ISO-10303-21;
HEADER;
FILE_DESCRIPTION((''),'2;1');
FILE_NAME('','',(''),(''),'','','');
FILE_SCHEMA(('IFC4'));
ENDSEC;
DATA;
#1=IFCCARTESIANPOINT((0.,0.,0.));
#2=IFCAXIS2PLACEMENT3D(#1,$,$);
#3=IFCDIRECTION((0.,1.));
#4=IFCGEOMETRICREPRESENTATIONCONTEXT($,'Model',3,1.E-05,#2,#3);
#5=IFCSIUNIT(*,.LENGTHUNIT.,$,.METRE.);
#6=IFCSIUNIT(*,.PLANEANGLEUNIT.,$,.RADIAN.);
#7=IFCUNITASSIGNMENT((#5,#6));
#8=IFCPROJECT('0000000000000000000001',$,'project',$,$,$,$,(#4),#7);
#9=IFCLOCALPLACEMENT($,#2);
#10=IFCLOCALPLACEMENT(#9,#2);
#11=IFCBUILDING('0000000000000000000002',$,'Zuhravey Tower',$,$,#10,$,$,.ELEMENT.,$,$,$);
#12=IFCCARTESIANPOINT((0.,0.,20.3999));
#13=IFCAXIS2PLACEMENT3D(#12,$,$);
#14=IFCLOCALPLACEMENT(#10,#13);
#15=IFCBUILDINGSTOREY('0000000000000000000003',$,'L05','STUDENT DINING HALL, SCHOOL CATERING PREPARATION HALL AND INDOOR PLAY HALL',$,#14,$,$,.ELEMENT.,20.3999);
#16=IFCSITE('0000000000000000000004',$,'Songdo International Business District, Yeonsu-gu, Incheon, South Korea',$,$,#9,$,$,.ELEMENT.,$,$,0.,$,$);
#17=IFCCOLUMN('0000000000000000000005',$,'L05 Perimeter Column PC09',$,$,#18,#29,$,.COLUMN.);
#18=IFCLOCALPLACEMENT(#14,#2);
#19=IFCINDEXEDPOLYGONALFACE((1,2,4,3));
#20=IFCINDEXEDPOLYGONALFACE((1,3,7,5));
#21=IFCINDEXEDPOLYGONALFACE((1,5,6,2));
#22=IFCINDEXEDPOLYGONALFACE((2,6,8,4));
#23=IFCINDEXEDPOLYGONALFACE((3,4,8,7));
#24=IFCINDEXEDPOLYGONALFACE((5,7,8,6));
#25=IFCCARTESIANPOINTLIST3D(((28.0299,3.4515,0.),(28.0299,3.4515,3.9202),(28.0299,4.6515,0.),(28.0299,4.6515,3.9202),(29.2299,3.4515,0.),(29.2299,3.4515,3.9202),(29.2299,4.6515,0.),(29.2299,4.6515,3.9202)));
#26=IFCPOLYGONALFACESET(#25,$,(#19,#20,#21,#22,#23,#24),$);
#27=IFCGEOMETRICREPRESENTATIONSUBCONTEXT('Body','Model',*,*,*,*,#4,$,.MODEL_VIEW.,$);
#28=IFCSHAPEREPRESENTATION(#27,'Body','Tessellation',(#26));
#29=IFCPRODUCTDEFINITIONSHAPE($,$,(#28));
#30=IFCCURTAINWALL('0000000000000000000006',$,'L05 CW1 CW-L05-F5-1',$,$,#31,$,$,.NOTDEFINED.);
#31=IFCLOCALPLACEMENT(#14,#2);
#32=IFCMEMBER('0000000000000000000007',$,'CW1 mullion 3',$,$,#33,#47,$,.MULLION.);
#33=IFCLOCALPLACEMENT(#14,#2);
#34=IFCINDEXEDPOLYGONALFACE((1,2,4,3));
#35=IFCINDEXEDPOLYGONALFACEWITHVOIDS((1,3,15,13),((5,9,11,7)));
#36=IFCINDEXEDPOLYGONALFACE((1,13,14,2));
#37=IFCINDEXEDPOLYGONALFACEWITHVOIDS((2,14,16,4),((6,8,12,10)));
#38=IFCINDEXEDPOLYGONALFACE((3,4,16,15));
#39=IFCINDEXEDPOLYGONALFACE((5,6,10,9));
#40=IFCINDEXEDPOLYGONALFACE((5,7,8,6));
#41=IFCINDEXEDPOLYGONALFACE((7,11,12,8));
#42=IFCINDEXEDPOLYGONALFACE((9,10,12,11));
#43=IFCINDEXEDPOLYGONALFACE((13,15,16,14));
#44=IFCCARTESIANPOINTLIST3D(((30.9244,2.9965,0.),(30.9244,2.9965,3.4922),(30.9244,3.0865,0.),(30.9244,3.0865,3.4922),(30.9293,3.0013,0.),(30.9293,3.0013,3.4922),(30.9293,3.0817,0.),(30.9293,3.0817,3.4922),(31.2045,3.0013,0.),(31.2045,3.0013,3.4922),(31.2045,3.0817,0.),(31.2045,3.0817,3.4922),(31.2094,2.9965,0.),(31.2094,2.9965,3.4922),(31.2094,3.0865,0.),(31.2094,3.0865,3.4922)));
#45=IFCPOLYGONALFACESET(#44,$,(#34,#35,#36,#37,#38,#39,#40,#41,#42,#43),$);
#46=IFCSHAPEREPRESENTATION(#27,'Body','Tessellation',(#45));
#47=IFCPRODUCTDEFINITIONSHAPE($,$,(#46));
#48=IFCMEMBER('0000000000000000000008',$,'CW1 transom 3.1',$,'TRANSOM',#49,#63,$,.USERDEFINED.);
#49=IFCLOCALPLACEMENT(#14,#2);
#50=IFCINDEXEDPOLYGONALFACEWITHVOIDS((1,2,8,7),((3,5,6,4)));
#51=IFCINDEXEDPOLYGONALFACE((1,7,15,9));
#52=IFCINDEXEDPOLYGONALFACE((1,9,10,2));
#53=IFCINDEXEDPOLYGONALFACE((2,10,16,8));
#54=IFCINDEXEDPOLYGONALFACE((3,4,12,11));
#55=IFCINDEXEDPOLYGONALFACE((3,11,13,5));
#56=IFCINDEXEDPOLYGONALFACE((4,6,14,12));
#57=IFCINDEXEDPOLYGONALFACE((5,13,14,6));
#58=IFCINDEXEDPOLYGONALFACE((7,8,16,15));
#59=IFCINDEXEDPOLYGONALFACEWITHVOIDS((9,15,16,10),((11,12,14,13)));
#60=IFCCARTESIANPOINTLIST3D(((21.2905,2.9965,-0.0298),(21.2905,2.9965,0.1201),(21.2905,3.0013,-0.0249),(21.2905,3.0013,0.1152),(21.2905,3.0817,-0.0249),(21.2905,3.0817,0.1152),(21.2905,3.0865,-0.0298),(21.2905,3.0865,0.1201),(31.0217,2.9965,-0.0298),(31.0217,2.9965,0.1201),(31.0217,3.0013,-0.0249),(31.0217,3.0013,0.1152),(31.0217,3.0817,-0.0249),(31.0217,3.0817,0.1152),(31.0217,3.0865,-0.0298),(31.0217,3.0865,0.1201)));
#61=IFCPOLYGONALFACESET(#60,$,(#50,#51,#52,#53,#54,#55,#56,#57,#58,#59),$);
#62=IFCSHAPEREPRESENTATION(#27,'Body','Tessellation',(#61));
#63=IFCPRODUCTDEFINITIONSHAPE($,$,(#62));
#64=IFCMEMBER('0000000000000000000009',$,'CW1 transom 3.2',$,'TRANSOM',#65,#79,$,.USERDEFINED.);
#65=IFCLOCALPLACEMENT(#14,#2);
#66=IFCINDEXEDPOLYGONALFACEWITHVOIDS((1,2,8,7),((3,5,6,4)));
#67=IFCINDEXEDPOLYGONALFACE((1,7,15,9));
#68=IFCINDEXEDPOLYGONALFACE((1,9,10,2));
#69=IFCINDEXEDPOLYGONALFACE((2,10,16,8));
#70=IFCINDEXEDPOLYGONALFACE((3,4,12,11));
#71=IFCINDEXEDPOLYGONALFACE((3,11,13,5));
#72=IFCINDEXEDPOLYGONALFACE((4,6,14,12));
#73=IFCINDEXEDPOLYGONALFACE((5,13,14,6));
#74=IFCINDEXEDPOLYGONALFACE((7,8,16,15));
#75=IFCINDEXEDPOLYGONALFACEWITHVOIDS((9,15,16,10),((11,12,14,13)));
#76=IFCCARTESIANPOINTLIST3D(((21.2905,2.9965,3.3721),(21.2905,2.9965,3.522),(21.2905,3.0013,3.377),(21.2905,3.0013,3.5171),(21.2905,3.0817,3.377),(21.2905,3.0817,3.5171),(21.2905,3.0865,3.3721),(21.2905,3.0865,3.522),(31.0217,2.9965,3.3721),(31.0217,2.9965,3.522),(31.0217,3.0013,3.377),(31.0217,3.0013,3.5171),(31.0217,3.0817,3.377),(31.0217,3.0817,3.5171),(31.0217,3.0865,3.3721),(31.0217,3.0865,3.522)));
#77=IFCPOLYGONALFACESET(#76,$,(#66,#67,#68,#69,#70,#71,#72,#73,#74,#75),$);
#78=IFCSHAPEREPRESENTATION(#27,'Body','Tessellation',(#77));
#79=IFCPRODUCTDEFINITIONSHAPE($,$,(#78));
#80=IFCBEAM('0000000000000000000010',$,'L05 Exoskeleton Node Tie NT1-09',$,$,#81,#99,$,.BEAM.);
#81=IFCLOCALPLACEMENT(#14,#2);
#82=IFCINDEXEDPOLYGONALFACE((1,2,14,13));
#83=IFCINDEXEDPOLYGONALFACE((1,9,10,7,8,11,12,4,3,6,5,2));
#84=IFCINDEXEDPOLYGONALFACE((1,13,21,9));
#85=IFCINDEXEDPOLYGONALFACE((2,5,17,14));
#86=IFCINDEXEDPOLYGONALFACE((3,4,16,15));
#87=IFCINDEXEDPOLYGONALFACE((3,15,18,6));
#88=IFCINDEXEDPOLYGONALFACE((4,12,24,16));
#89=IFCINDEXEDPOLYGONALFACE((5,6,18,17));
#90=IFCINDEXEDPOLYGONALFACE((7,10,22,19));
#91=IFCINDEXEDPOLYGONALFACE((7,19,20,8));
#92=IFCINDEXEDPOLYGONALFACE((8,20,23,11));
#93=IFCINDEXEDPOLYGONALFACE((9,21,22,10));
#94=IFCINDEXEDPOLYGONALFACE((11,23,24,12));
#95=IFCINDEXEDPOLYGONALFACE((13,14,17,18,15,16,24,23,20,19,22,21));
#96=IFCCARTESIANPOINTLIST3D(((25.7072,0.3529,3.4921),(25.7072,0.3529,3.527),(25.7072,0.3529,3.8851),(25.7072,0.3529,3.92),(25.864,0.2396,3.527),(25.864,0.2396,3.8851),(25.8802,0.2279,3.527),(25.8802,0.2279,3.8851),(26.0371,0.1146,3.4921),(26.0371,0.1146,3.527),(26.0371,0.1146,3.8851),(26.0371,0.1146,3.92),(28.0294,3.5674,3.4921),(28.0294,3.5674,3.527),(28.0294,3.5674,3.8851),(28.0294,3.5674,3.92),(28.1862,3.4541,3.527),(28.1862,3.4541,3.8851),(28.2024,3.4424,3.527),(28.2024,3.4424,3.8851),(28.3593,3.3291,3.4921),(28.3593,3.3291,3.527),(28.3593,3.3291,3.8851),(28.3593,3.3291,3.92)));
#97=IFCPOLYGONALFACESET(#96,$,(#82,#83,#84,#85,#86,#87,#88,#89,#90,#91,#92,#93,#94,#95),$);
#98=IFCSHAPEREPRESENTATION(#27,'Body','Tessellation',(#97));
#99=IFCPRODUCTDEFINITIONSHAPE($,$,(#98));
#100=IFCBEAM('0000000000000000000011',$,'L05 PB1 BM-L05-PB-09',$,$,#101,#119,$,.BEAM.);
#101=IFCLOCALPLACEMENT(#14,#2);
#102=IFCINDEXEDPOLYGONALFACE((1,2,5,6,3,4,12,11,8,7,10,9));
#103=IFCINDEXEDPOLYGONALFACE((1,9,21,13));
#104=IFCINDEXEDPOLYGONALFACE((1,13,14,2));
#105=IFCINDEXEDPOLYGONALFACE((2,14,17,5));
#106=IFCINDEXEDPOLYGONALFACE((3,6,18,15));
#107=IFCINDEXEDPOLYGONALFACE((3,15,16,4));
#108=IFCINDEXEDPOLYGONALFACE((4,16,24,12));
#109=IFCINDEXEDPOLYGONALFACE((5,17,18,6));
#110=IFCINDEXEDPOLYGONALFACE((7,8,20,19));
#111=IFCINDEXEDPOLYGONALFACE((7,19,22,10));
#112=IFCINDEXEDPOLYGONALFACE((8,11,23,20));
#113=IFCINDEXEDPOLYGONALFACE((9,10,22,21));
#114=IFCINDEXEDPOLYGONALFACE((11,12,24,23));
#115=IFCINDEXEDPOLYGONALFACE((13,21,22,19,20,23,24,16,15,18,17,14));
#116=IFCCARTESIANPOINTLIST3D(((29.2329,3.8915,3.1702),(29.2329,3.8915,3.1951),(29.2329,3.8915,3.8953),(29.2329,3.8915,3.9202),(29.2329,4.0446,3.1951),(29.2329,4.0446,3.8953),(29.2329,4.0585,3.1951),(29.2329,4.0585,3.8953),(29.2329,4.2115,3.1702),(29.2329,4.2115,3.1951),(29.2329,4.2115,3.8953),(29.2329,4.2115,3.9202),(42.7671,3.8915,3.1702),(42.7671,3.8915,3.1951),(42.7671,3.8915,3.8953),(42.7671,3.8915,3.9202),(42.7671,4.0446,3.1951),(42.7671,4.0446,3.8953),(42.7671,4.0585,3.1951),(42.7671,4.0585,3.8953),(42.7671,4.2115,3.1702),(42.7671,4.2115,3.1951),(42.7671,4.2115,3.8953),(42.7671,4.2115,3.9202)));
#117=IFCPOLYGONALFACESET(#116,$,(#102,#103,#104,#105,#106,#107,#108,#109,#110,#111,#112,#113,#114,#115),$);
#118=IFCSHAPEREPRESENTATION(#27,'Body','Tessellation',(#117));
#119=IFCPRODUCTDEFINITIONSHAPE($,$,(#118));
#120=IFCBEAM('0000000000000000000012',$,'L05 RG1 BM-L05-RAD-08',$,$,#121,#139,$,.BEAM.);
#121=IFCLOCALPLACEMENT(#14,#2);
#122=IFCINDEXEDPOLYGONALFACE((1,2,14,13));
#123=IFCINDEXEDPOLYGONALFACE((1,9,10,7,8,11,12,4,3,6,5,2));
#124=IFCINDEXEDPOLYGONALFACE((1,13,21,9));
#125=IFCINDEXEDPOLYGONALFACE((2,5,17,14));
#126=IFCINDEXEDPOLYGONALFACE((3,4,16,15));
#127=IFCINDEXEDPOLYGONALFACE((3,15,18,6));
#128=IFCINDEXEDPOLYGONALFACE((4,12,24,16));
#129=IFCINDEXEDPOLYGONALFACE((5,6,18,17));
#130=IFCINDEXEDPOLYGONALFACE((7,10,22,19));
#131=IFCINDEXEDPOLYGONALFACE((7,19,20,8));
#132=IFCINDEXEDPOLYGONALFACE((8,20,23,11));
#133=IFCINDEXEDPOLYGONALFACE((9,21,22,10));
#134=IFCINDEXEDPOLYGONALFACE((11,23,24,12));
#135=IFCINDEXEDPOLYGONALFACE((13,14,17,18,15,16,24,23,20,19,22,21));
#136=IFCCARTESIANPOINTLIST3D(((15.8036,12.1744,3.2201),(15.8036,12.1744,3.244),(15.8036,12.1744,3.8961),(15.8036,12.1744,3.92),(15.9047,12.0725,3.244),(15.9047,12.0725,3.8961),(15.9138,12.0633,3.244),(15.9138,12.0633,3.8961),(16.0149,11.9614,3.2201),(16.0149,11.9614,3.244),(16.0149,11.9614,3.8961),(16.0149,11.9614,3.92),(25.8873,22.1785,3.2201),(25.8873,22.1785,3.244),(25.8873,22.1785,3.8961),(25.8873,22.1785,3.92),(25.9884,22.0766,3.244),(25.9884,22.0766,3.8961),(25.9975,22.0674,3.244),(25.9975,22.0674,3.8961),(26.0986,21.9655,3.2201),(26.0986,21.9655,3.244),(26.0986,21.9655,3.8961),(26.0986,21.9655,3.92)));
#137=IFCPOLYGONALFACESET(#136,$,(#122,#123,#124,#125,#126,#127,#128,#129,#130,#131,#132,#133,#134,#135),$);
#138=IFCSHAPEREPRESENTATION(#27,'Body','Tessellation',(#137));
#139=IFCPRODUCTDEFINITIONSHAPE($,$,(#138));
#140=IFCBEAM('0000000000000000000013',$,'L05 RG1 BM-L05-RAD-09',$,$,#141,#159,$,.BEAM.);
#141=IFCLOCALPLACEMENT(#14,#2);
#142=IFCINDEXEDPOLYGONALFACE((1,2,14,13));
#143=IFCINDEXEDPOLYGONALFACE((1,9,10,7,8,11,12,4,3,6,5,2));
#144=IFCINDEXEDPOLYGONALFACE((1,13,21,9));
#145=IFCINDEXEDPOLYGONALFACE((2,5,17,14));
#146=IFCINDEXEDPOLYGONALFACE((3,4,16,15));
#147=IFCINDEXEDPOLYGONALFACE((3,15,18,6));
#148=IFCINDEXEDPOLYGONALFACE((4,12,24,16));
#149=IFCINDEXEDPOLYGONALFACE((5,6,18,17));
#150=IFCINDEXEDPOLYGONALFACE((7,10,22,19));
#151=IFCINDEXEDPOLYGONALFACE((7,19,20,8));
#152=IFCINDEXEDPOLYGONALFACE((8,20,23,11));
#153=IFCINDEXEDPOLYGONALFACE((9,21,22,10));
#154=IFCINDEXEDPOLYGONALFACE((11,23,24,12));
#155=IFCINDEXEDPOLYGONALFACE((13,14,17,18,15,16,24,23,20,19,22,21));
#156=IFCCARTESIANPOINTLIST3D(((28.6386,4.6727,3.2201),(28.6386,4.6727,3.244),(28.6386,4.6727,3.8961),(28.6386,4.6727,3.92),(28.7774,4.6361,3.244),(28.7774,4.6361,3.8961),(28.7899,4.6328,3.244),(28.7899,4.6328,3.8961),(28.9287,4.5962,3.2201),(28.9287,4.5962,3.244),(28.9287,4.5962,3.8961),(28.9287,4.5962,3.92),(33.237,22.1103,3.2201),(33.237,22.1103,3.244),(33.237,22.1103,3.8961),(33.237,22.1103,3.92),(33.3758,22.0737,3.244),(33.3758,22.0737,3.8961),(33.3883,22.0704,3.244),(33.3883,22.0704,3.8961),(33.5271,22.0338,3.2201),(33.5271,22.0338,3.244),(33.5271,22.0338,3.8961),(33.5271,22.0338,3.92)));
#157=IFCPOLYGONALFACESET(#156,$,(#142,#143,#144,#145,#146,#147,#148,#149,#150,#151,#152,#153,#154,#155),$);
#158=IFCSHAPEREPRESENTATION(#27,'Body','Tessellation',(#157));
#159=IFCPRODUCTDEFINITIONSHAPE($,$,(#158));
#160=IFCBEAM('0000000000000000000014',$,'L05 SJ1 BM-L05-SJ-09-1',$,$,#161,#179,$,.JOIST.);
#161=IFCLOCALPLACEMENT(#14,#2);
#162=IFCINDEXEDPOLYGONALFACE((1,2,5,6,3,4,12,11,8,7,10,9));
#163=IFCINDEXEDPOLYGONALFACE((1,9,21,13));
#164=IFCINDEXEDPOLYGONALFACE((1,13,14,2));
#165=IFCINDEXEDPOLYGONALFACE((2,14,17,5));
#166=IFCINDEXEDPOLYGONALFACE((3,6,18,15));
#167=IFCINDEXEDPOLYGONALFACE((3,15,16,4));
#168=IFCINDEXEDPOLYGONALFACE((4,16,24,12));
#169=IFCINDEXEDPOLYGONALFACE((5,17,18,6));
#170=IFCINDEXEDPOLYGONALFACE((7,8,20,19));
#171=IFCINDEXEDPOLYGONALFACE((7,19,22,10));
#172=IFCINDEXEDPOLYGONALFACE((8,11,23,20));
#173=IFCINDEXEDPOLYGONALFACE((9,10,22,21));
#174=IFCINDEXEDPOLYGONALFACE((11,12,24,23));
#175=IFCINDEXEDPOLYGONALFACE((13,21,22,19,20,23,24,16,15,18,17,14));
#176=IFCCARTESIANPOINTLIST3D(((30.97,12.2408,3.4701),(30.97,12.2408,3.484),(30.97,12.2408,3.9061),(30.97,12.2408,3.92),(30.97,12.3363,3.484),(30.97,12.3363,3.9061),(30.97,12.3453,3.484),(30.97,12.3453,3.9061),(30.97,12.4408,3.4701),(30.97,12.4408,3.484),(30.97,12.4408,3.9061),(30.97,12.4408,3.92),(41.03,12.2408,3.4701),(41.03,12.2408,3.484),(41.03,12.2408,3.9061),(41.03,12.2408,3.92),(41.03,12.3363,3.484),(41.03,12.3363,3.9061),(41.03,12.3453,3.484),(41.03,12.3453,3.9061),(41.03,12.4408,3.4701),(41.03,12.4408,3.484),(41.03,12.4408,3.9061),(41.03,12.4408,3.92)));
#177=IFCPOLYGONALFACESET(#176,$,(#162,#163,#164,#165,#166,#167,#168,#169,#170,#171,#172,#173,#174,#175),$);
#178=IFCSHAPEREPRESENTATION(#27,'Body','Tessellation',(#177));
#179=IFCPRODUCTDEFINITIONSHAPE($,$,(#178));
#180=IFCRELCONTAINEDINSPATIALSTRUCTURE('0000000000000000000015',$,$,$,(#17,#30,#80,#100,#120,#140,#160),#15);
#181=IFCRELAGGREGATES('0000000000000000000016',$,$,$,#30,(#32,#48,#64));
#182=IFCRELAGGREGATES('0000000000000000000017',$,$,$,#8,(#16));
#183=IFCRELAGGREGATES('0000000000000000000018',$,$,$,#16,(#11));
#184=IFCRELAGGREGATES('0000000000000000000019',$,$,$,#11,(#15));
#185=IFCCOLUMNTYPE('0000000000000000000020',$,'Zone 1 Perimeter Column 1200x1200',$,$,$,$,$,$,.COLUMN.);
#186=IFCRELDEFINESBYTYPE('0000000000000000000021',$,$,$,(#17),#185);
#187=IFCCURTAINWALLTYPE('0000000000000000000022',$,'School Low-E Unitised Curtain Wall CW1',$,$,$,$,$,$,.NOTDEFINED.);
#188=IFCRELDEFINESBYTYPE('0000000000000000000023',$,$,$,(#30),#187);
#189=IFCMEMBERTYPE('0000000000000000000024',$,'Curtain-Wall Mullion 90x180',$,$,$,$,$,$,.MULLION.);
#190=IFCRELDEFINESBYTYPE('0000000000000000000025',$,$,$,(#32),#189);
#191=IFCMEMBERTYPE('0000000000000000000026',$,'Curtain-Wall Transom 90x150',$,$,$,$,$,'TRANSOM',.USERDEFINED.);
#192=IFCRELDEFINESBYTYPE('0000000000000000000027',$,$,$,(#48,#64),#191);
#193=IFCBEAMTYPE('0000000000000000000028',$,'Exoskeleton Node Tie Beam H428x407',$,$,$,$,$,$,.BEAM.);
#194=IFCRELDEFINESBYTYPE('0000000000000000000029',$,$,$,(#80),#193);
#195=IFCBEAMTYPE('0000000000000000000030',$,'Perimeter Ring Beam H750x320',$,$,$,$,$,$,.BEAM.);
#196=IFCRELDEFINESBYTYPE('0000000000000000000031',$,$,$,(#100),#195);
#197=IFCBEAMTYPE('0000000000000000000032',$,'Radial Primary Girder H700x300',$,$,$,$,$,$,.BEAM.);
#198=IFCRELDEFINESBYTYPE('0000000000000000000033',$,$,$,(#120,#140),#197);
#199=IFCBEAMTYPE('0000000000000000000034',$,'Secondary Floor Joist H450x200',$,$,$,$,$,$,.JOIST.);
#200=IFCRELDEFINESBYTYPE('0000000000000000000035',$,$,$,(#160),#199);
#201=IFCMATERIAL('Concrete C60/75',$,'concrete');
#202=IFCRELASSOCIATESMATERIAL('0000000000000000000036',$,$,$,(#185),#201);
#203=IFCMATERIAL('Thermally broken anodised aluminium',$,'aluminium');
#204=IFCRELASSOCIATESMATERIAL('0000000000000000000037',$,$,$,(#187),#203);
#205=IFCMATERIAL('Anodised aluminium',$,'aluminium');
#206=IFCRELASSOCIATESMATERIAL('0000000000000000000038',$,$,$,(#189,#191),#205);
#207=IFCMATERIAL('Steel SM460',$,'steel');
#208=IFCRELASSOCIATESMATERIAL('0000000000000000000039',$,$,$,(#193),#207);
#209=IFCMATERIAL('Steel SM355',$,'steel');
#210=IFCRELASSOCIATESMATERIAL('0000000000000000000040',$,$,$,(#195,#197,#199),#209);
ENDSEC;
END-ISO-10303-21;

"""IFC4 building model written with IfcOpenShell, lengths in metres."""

from ifc_helpers import new_model, si_unit, direction, frame, origin, origin_2d, place, context, subcontext, project, spatial, rectangle, hollow_rectangle, i_section, extrude, material, material_profile, profile_set, type_object, element, aggregate, save


model = new_model("IFC4")

# Units and contexts
model_context = context("Model", 3, precision=1e-05, world=origin(), true_north=direction((0.0, 1.0)))
body_context = subcontext(model_context, "Body", "Model", "MODEL_VIEW")
ifc_project = project(units=[si_unit("LENGTHUNIT", "METRE"), si_unit("PLANEANGLEUNIT", "RADIAN")], contexts=[model_context])

# Site, building, storey
site_placement = place(None, origin())
site = spatial("IfcSite", under=ifc_project, at=site_placement, Name="Songdo International Business District, Yeonsu-gu, Incheon, South Korea", CompositionType="ELEMENT", RefElevation=0.0)
building_placement = place(site_placement, origin())
building = spatial("IfcBuilding", under=site, at=building_placement, Name="Zuhravey Tower", CompositionType="ELEMENT")
storey_placement = place(building_placement, frame((0.0, 0.0, 20.3999)))
storey = spatial("IfcBuildingStorey", under=building, at=storey_placement, Name="L05", Description="STUDENT DINING HALL, SCHOOL CATERING PREPARATION HALL AND INDOOR PLAY HALL", CompositionType="ELEMENT", Elevation=20.3999)

# Column
ifc_material_1 = material(Name="Concrete C60/75", Category="concrete")
ifc_material_profile_1 = material_profile(ifc_material_1, rectangle(XDim=1.2, YDim=1.2, at=origin_2d()), Name="RC-1200x1200")
ifc_profile_set_1 = profile_set([ifc_material_profile_1], Name="Concrete C60/75")
column_type = type_object("IfcColumnType", Name="Zone 1 Perimeter Column 1200x1200", PredefinedType="COLUMN", material=ifc_profile_set_1)
column_placement = place(storey_placement, frame((28.6299, 4.0515, 0.0), z_axis=(0.0, 0.0, 1.0), x_axis=(1.0, 0.0, 0.0)))
element("IfcColumn", 1, at=column_placement, inside=storey, type_object=column_type, Name="L05 Perimeter Column PC09", PredefinedType="COLUMN", context=body_context, shape_type="SweptSolid", body=[
    extrude(rectangle(XDim=1.2, YDim=1.2, at=origin_2d()), origin(), (0.0, 0.0, 1.0), 3.9202),
])

# Curtain wall, members
ifc_material_2 = material(Name="Thermally broken anodised aluminium", Category="aluminium")
curtain_wall_type = type_object("IfcCurtainWallType", Name="School Low-E Unitised Curtain Wall CW1", PredefinedType="NOTDEFINED", material=ifc_material_2)
curtain_wall_placement = place(storey_placement, origin())
curtain_wall = element("IfcCurtainWall", 2, at=curtain_wall_placement, inside=storey, type_object=curtain_wall_type, Name="L05 CW1 CW-L05-F5-1", PredefinedType="NOTDEFINED")
ifc_material_3 = material(Name="Anodised aluminium", Category="aluminium")
ifc_material_profile_2 = material_profile(ifc_material_3, hollow_rectangle(XDim=0.0901, YDim=0.2849, WallThickness=0.0049, at=origin_2d()), Name="ALU-RHS-90x285x5")
ifc_profile_set_2 = profile_set([ifc_material_profile_2], Name="Anodised aluminium")
member_type_1 = type_object("IfcMemberType", Name="Curtain-Wall Mullion 90x180", PredefinedType="MULLION", material=ifc_profile_set_2)
member_1_placement = place(storey_placement, frame((31.0669, 3.0415, 0.0), z_axis=(0.0, 0.0, 1.0), x_axis=(0.0, -1.0, 0.0)))
member_1 = element("IfcMember", 3, at=member_1_placement, type_object=member_type_1, Name="CW1 mullion 3", PredefinedType="MULLION", context=body_context, shape_type="SweptSolid", body=[
    extrude(hollow_rectangle(XDim=0.0901, YDim=0.2849, WallThickness=0.0049, at=origin_2d()), origin(), (0.0, 0.0, 1.0), 3.4922),
])
ifc_material_profile_3 = material_profile(ifc_material_3, hollow_rectangle(XDim=0.0901, YDim=0.1499, WallThickness=0.0049, at=origin_2d()), Name="ALU-RHS-90x150x5")
ifc_profile_set_3 = profile_set([ifc_material_profile_3], Name="Anodised aluminium")
member_type_2 = type_object("IfcMemberType", Name="Curtain-Wall Transom 90x150", ElementType="TRANSOM", PredefinedType="USERDEFINED", material=ifc_profile_set_3)
member_2_placement = place(storey_placement, frame((31.0217, 3.0415, 0.0452), z_axis=(-1.0, 0.0, 0.0), x_axis=(0.0, -1.0, 0.0)))
member_2 = element("IfcMember", 4, at=member_2_placement, type_object=member_type_2, Name="CW1 transom 3.1", ObjectType="TRANSOM", PredefinedType="USERDEFINED", context=body_context, shape_type="SweptSolid", body=[
    extrude(hollow_rectangle(XDim=0.0901, YDim=0.1499, WallThickness=0.0049, at=origin_2d()), origin(), (0.0, 0.0, 1.0), 9.7312),
])
member_3_placement = place(storey_placement, frame((31.0217, 3.0415, 3.447), z_axis=(-1.0, 0.0, 0.0), x_axis=(0.0, -1.0, 0.0)))
member_3 = element("IfcMember", 5, at=member_3_placement, type_object=member_type_2, Name="CW1 transom 3.2", ObjectType="TRANSOM", PredefinedType="USERDEFINED", context=body_context, shape_type="SweptSolid", body=[
    extrude(hollow_rectangle(XDim=0.0901, YDim=0.1499, WallThickness=0.0049, at=origin_2d()), origin(), (0.0, 0.0, 1.0), 9.7312),
])

# Beams
ifc_material_4 = material(Name="Steel SM460", Category="steel")
ifc_material_profile_4 = material_profile(ifc_material_4, i_section(OverallWidth=0.407, OverallDepth=0.428, WebThickness=0.02, FlangeThickness=0.0349, at=origin_2d()), Name="H-428x407x20x35")
ifc_profile_set_4 = profile_set([ifc_material_profile_4], Name="Steel SM460")
beam_type_1 = type_object("IfcBeamType", Name="Exoskeleton Node Tie Beam H428x407", PredefinedType="BEAM", material=ifc_profile_set_4)
beam_1_placement = place(storey_placement, frame((28.1943, 3.4482, 3.7061), z_axis=(-0.585592, -0.810606, 0.0), x_axis=(0.810606, -0.585592, 0.0)))
element("IfcBeam", 6, at=beam_1_placement, inside=storey, type_object=beam_type_1, Name="L05 Exoskeleton Node Tie NT1-09", PredefinedType="BEAM", context=body_context, shape_type="SweptSolid", body=[
    extrude(i_section(OverallWidth=0.407, OverallDepth=0.428, WebThickness=0.02, FlangeThickness=0.0349, at=origin_2d()), origin(), (0.0, 0.0, 1.0), 3.9656),
])
ifc_material_5 = material(Name="Steel SM355", Category="steel")
ifc_material_profile_5 = material_profile(ifc_material_5, i_section(OverallWidth=0.3201, OverallDepth=0.75, WebThickness=0.0139, FlangeThickness=0.0249, at=origin_2d()), Name="H-750x320x14x25")
ifc_profile_set_5 = profile_set([ifc_material_profile_5], Name="Steel SM355")
beam_type_2 = type_object("IfcBeamType", Name="Perimeter Ring Beam H750x320", PredefinedType="BEAM", material=ifc_profile_set_5)
beam_2_placement = place(storey_placement, frame((29.2329, 4.0515, 3.5452), z_axis=(1.0, 0.0, 0.0), x_axis=(0.0, 1.0, 0.0)))
element("IfcBeam", 7, at=beam_2_placement, inside=storey, type_object=beam_type_2, Name="L05 PB1 BM-L05-PB-09", PredefinedType="BEAM", context=body_context, shape_type="SweptSolid", body=[
    extrude(i_section(OverallWidth=0.3201, OverallDepth=0.75, WebThickness=0.0139, FlangeThickness=0.0249, at=origin_2d()), origin(), (0.0, 0.0, 1.0), 13.5342),
])
ifc_material_profile_6 = material_profile(ifc_material_5, i_section(OverallWidth=0.3, OverallDepth=0.7, WebThickness=0.0129, FlangeThickness=0.0239, at=origin_2d()), Name="H-700x300x13x24")
ifc_profile_set_6 = profile_set([ifc_material_profile_6], Name="Steel SM355")
beam_type_3 = type_object("IfcBeamType", Name="Radial Primary Girder H700x300", PredefinedType="BEAM", material=ifc_profile_set_6)
beam_3_placement = place(storey_placement, frame((25.9929, 22.072, 3.5701), z_axis=(-0.709903, -0.7043, 0.0), x_axis=(0.7043, -0.709903, 0.0)))
element("IfcBeam", 8, at=beam_3_placement, inside=storey, type_object=beam_type_3, Name="L05 RG1 BM-L05-RAD-08", PredefinedType="BEAM", context=body_context, shape_type="SweptSolid", body=[
    extrude(i_section(OverallWidth=0.3, OverallDepth=0.7, WebThickness=0.0129, FlangeThickness=0.0239, at=origin_2d()), origin(), (0.0, 0.0, 1.0), 14.2043),
])
beam_4_placement = place(storey_placement, frame((33.3821, 22.072, 3.5701), z_axis=(-0.25499, -0.966944, 0.0), x_axis=(0.966944, -0.25499, 0.0)))
element("IfcBeam", 9, at=beam_4_placement, inside=storey, type_object=beam_type_3, Name="L05 RG1 BM-L05-RAD-09", PredefinedType="BEAM", context=body_context, shape_type="SweptSolid", body=[
    extrude(i_section(OverallWidth=0.3, OverallDepth=0.7, WebThickness=0.0129, FlangeThickness=0.0239, at=origin_2d()), origin(), (0.0, 0.0, 1.0), 18.0337),
])
ifc_material_profile_7 = material_profile(ifc_material_5, i_section(OverallWidth=0.2, OverallDepth=0.45, WebThickness=0.009, FlangeThickness=0.0139, at=origin_2d()), Name="H-450x200x9x14")
ifc_profile_set_7 = profile_set([ifc_material_profile_7], Name="Steel SM355")
beam_type_4 = type_object("IfcBeamType", Name="Secondary Floor Joist H450x200", PredefinedType="JOIST", material=ifc_profile_set_7)
beam_5_placement = place(storey_placement, frame((30.97, 12.3408, 3.6951), z_axis=(1.0, 0.0, 0.0), x_axis=(0.0, 1.0, 0.0)))
element("IfcBeam", 10, at=beam_5_placement, inside=storey, type_object=beam_type_4, Name="L05 SJ1 BM-L05-SJ-09-1", PredefinedType="JOIST", context=body_context, shape_type="SweptSolid", body=[
    extrude(i_section(OverallWidth=0.2, OverallDepth=0.45, WebThickness=0.009, FlangeThickness=0.0139, at=origin_2d()), origin(), (0.0, 0.0, 1.0), 10.0601),
])

aggregate(curtain_wall, [member_1, member_2, member_3])

save(model, "model.ifc")
